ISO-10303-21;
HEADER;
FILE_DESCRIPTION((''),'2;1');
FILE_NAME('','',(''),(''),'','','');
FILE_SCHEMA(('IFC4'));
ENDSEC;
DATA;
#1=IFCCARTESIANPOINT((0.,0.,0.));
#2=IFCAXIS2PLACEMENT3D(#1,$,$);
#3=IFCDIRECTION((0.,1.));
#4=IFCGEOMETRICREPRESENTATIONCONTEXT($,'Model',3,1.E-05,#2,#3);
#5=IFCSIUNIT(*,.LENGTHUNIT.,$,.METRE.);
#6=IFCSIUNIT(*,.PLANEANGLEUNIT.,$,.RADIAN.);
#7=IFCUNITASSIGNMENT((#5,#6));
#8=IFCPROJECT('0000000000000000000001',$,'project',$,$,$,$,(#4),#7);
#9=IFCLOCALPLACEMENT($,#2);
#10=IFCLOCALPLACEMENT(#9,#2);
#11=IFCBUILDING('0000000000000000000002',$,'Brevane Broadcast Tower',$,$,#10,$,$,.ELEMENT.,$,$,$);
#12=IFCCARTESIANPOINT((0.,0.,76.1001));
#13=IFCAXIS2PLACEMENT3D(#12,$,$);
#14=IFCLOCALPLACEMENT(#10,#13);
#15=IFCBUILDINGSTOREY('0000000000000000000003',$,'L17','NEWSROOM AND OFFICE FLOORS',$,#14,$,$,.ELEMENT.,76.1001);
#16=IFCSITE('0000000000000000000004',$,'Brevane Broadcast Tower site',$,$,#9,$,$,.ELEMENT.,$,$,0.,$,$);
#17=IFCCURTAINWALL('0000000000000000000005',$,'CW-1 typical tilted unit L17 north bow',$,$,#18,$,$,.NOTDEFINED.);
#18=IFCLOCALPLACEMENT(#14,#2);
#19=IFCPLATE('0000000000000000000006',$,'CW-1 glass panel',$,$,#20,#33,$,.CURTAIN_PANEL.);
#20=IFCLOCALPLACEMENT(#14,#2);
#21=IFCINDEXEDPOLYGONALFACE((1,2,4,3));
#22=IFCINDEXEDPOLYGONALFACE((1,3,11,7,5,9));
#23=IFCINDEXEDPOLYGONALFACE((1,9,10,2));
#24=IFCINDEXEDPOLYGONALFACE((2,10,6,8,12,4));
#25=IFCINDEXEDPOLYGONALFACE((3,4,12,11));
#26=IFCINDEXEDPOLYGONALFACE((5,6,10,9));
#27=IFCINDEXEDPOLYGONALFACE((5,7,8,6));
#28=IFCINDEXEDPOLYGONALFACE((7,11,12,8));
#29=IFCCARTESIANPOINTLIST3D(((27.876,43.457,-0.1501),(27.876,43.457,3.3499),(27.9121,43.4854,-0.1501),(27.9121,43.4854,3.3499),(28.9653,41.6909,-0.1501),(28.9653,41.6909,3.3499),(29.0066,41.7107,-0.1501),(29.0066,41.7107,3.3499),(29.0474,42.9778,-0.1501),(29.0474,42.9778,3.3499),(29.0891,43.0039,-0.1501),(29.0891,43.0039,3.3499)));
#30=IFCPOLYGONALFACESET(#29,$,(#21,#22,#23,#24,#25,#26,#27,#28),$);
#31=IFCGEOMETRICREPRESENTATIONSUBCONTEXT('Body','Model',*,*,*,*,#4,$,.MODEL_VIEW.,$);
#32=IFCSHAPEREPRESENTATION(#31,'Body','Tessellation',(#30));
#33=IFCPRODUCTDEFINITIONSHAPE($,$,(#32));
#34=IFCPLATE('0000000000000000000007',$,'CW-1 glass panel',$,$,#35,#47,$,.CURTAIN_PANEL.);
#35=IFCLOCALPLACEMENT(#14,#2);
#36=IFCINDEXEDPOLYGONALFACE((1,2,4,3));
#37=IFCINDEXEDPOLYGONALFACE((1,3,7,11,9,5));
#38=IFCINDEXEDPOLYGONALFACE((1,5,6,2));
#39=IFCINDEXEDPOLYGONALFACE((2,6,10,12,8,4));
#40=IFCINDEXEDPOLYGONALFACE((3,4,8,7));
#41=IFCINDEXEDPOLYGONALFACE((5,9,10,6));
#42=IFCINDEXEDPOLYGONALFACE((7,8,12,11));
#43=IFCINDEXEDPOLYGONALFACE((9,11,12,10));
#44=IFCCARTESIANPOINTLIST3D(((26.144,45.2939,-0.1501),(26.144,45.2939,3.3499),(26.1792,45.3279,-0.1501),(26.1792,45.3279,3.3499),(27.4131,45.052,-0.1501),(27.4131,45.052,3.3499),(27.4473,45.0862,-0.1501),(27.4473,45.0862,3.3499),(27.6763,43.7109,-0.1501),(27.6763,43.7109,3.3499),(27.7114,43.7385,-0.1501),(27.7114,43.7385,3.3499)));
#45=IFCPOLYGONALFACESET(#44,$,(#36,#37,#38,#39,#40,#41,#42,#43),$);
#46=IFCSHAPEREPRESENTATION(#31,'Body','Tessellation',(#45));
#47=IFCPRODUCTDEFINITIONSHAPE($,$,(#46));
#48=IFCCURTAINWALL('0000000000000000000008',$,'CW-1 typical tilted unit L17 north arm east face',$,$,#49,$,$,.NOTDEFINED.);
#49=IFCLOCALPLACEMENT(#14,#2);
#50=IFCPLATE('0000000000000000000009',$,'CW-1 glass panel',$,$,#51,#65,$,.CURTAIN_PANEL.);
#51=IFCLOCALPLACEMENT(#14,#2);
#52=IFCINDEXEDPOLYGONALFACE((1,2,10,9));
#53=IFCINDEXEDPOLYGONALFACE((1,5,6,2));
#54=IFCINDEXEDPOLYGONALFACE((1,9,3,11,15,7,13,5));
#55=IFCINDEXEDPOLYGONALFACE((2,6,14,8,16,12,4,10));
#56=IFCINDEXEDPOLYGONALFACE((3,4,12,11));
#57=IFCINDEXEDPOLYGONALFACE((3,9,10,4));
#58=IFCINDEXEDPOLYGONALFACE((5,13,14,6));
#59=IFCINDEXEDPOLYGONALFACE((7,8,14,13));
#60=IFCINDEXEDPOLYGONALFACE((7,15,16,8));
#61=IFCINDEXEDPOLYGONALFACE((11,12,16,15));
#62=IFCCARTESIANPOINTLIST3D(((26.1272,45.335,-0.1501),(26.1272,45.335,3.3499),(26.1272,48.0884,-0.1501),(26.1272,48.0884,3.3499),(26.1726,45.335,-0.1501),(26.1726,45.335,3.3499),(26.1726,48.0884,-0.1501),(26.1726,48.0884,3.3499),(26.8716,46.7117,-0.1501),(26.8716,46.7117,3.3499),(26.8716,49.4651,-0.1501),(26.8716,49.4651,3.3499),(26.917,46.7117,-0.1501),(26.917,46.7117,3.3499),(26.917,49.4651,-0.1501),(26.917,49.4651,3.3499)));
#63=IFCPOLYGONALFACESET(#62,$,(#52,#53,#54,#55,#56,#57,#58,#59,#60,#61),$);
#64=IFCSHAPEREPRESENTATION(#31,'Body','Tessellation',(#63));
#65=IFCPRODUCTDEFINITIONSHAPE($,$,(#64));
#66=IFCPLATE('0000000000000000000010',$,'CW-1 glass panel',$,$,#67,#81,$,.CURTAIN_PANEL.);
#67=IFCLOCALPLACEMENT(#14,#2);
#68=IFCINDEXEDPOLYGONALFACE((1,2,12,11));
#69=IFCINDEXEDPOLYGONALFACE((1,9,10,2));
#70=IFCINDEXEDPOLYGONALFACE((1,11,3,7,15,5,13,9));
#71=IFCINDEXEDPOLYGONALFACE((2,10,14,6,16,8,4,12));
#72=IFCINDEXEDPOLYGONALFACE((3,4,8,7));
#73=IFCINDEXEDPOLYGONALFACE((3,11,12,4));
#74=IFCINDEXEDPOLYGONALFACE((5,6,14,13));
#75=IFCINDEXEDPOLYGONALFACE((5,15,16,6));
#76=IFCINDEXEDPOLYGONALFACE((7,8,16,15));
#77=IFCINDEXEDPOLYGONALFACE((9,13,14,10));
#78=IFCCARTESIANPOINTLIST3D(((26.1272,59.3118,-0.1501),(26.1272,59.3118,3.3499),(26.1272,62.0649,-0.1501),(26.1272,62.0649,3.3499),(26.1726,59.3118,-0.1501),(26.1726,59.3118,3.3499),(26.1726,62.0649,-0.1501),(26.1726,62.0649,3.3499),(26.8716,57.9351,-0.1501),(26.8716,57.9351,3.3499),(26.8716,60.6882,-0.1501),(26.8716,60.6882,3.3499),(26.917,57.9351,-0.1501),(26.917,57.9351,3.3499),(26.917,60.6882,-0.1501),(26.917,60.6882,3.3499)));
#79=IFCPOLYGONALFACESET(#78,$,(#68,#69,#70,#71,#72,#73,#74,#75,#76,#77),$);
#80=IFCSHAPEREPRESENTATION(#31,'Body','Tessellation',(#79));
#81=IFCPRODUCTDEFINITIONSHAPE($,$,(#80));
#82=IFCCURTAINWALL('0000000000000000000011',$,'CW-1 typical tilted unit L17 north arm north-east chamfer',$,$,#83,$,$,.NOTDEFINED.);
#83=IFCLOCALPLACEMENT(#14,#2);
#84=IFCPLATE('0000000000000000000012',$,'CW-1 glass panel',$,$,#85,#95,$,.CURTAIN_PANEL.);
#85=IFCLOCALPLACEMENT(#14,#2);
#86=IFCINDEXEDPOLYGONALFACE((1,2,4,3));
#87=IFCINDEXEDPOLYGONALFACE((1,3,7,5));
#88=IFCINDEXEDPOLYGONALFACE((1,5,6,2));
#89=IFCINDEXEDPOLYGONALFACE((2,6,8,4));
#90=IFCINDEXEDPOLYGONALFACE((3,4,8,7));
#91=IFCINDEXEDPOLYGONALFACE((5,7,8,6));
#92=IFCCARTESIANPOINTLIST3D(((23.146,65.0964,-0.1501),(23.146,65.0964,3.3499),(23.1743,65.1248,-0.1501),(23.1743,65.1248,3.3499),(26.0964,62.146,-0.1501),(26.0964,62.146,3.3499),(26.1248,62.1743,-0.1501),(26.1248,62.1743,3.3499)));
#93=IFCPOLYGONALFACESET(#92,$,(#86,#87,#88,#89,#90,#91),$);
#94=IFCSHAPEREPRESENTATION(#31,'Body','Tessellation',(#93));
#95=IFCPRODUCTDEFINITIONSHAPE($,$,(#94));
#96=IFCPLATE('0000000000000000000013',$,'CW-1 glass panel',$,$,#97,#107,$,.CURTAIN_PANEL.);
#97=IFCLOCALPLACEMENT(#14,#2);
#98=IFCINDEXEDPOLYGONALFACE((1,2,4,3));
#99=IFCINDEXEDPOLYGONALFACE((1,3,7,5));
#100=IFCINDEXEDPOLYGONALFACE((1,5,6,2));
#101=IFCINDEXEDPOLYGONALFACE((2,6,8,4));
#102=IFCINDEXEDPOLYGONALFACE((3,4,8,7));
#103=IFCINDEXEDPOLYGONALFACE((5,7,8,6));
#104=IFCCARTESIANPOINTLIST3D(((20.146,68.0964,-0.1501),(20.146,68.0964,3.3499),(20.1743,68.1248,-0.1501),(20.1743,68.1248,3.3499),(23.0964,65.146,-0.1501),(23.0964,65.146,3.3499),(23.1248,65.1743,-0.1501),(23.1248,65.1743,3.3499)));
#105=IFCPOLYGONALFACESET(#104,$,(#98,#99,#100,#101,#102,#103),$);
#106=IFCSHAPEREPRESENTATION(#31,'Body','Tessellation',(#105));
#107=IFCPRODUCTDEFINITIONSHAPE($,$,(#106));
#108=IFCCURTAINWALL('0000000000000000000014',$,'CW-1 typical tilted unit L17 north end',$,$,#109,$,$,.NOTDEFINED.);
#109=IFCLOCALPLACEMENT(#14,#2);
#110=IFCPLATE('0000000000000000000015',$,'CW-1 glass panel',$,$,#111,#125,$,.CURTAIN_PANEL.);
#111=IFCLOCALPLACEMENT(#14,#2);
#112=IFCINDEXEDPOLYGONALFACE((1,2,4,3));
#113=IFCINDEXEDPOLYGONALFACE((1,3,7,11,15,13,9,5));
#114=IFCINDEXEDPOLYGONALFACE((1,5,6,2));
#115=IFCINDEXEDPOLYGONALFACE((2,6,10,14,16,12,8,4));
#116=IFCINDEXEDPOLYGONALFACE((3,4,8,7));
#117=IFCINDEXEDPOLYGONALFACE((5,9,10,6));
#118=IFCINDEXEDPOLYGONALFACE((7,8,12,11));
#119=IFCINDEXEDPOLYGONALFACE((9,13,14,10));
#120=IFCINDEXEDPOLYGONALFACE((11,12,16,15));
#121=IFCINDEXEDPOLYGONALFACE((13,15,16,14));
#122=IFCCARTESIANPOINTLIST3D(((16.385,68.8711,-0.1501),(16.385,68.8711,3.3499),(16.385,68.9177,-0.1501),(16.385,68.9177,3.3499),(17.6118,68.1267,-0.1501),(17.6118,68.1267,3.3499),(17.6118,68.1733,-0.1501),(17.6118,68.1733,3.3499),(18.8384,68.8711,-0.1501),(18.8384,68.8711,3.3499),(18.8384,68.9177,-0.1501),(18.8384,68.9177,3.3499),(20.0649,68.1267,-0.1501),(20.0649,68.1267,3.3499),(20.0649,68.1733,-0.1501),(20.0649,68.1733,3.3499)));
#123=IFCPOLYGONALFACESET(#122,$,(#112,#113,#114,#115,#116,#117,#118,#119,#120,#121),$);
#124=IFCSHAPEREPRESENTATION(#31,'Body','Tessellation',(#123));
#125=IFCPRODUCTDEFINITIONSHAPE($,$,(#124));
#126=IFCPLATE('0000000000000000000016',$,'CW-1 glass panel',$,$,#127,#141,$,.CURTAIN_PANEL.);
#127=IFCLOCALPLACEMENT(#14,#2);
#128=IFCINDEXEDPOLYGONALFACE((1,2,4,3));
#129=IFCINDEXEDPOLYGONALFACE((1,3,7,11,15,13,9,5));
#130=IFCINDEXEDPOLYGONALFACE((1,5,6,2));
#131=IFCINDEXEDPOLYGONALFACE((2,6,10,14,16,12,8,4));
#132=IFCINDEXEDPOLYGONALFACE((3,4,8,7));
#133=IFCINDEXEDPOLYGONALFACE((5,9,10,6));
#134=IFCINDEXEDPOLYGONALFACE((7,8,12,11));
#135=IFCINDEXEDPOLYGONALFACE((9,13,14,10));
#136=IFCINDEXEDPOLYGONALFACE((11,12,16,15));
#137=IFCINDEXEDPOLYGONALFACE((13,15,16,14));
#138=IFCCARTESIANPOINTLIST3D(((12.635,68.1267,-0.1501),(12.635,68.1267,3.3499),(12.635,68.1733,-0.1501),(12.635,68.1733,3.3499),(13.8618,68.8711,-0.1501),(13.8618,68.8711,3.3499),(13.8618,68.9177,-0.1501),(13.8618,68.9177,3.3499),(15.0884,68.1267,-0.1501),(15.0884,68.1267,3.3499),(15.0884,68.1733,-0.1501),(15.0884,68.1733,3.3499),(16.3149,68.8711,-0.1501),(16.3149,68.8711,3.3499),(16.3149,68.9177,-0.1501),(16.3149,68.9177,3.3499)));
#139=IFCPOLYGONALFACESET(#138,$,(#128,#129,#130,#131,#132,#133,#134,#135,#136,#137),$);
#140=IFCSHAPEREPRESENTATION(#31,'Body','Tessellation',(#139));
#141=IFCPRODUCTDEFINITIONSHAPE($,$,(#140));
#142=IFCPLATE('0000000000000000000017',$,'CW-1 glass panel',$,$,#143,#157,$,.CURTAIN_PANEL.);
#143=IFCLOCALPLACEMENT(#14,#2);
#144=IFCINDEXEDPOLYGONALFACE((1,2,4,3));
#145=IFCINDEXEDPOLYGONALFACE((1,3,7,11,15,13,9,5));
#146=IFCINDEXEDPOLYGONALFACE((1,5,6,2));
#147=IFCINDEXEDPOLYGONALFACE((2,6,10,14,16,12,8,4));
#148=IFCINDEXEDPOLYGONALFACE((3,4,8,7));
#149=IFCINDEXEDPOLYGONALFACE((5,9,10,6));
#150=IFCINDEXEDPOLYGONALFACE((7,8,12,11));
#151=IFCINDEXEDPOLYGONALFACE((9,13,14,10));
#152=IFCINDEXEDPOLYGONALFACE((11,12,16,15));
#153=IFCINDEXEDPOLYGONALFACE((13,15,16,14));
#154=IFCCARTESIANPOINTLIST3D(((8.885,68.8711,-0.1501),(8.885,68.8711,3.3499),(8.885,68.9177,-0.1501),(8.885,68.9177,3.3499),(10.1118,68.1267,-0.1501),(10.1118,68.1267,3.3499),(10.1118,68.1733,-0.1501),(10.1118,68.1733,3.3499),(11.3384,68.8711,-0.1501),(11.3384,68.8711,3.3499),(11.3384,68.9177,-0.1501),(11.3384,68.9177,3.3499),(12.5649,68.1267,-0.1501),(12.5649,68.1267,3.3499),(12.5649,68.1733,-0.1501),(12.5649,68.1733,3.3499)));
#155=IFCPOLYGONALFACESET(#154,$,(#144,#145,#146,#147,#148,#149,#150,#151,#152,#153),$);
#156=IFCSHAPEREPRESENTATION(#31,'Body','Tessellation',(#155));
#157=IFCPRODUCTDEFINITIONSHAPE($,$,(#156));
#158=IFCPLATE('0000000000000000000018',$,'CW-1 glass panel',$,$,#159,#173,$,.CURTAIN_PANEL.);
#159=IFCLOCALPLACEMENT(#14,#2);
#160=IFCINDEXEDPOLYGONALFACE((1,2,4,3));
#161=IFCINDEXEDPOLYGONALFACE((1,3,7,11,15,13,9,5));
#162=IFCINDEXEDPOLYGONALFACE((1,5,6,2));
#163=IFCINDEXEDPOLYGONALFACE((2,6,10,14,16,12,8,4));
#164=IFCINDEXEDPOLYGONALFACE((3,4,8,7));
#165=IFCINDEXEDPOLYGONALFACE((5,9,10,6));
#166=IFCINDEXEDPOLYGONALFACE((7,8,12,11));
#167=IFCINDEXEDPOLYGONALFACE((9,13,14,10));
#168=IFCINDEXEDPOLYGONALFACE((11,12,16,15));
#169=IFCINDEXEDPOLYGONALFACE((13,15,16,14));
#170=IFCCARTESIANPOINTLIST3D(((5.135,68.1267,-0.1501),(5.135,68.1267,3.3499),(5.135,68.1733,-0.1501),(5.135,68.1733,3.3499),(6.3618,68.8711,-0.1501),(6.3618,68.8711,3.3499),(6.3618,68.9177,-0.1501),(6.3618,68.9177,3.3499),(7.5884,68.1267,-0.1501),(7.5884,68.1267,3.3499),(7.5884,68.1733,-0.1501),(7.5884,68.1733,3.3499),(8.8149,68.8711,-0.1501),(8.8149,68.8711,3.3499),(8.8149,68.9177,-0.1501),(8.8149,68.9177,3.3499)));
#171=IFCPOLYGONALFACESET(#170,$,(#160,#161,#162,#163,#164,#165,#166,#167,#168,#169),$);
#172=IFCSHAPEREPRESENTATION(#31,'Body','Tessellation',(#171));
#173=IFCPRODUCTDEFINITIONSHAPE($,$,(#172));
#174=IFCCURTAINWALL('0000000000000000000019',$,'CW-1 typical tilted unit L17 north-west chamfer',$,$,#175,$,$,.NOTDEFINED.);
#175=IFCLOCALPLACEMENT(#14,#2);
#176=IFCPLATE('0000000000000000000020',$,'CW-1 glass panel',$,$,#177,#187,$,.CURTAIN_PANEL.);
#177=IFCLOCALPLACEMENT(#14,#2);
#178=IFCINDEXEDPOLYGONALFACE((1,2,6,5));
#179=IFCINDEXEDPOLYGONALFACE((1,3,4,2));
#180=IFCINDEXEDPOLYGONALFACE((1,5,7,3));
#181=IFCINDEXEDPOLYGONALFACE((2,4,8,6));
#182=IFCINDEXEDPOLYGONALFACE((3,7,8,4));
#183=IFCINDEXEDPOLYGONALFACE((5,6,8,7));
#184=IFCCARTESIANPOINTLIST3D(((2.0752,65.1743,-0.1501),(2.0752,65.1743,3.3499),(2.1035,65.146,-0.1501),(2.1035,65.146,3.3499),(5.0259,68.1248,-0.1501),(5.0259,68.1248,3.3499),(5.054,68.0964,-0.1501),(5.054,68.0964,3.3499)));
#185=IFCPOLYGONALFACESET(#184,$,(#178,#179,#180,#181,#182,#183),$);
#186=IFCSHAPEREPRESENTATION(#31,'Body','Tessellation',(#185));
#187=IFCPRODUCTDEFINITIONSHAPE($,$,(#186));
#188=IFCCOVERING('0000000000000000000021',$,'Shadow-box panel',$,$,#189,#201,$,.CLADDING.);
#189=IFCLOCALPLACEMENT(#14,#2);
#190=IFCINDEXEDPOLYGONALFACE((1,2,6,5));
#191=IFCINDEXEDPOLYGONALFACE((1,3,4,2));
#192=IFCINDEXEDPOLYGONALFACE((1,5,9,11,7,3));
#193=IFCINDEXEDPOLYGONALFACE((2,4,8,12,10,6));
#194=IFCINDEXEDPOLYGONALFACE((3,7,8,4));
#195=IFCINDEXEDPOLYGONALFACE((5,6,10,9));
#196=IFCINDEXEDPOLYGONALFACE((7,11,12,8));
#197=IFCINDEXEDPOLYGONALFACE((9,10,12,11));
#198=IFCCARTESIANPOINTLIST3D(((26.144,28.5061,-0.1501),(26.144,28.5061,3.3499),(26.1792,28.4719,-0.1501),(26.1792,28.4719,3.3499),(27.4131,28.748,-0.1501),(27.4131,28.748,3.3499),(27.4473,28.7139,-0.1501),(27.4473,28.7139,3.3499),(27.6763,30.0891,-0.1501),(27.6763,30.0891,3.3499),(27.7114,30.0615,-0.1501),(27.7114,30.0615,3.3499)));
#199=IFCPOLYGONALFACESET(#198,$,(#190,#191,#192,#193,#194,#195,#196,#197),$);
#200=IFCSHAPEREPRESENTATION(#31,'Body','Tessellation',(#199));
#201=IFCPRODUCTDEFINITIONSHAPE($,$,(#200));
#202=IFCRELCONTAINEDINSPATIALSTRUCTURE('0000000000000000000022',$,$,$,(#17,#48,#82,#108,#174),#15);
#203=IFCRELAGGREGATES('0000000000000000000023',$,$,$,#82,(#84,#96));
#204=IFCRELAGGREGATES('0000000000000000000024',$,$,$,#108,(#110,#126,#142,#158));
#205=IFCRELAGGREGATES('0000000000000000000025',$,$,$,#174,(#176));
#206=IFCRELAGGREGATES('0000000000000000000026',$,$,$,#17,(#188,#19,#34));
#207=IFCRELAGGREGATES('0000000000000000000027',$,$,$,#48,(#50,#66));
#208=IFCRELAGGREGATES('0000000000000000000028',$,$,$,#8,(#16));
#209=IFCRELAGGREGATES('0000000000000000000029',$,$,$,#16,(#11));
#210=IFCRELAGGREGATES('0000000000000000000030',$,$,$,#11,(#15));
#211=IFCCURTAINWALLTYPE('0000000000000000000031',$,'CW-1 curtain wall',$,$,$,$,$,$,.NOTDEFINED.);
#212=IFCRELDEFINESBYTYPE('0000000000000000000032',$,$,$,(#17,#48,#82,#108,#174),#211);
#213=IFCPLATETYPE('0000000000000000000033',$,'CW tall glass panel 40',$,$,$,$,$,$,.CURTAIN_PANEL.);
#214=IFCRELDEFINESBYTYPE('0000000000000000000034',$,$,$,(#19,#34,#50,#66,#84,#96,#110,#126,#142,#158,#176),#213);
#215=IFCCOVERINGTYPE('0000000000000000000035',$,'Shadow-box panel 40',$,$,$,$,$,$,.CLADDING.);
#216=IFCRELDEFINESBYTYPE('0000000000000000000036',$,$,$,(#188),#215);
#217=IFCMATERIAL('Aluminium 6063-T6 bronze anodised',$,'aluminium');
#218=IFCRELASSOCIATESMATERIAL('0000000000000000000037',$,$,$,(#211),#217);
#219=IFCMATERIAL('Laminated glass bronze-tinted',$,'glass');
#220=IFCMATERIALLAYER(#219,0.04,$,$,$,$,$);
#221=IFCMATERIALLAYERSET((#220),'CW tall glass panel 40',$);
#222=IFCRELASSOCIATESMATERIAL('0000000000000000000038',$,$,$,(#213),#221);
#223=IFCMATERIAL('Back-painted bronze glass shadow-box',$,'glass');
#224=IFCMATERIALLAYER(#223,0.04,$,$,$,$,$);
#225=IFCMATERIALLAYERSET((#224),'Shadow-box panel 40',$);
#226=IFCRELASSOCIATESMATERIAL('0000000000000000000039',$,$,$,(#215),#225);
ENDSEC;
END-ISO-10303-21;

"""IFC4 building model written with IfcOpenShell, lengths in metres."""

from ifc_helpers import new_model, si_unit, direction, frame, origin, place, context, subcontext, project, spatial, polyline, outline, extrude, material, layer, layer_set, type_object, element, aggregate, save


model = new_model("IFC4")

# Units and contexts
model_context = context("Model", 3, precision=1e-05, world=origin(), true_north=direction((0.0, 1.0)))
body_context = subcontext(model_context, "Body", "Model", "MODEL_VIEW")
ifc_project = project(units=[si_unit("LENGTHUNIT", "METRE"), si_unit("PLANEANGLEUNIT", "RADIAN")], contexts=[model_context])

# Site, building, storey
site_placement = place(None, origin())
site = spatial("IfcSite", under=ifc_project, at=site_placement, Name="Brevane Broadcast Tower site", CompositionType="ELEMENT", RefElevation=0.0)
building_placement = place(site_placement, origin())
building = spatial("IfcBuilding", under=site, at=building_placement, Name="Brevane Broadcast Tower", CompositionType="ELEMENT")
storey_placement = place(building_placement, frame((0.0, 0.0, 76.1001)))
storey = spatial("IfcBuildingStorey", under=building, at=storey_placement, Name="L17", Description="NEWSROOM AND OFFICE FLOORS", CompositionType="ELEMENT", Elevation=76.1001)

# Shared definitions
ifc_material_1 = material(Name="Aluminium 6063-T6 bronze anodised", Category="aluminium")
curtain_wall_type = type_object("IfcCurtainWallType", Name="CW-1 curtain wall", PredefinedType="NOTDEFINED", material=ifc_material_1)

# Curtain walls, plates
ifc_material_2 = material(Name="Laminated glass bronze-tinted", Category="glass")
ifc_layer_1 = layer(ifc_material_2, 0.04)
ifc_layer_set_1 = layer_set([ifc_layer_1], Name="CW tall glass panel 40")
plate_type = type_object("IfcPlateType", Name="CW tall glass panel 40", PredefinedType="CURTAIN_PANEL", material=ifc_layer_set_1)
curtain_wall_1_placement = place(storey_placement, origin())
curtain_wall_1 = element("IfcCurtainWall", 1, at=curtain_wall_1_placement, inside=storey, type_object=curtain_wall_type, Name="CW-1 typical tilted unit L17 north bow", PredefinedType="NOTDEFINED")
plate_1_placement = place(storey_placement, frame((0.0, 0.0, -0.1501)))
plate_1 = element("IfcPlate", 2, at=plate_1_placement, type_object=plate_type, Name="CW-1 glass panel", PredefinedType="CURTAIN_PANEL", context=body_context, shape_type="SweptSolid", body=[
    extrude(outline(polyline([(28.9653, 41.6909), (29.0066, 41.7107), (29.0891, 43.0039), (27.9121, 43.4854), (27.876, 43.457), (29.0474, 42.9778), (28.9653, 41.6909)])), origin(), (0.0, 0.0, 1.0), 3.5),
])
plate_2_placement = place(storey_placement, frame((0.0, 0.0, -0.1501)))
plate_2 = element("IfcPlate", 3, at=plate_2_placement, type_object=plate_type, Name="CW-1 glass panel", PredefinedType="CURTAIN_PANEL", context=body_context, shape_type="SweptSolid", body=[
    extrude(outline(polyline([(27.6763, 43.7109), (27.7114, 43.7385), (27.4473, 45.0862), (26.1792, 45.3279), (26.144, 45.2939), (27.4131, 45.052), (27.6763, 43.7109)])), origin(), (0.0, 0.0, 1.0), 3.5),
])
curtain_wall_2_placement = place(storey_placement, origin())
curtain_wall_2 = element("IfcCurtainWall", 4, at=curtain_wall_2_placement, inside=storey, type_object=curtain_wall_type, Name="CW-1 typical tilted unit L17 north arm east face", PredefinedType="NOTDEFINED")
plate_3_placement = place(storey_placement, frame((0.0, 0.0, -0.1501)))
plate_3 = element("IfcPlate", 5, at=plate_3_placement, type_object=plate_type, Name="CW-1 glass panel", PredefinedType="CURTAIN_PANEL", context=body_context, shape_type="SweptSolid", body=[
    extrude(outline(polyline([(26.1272, 45.335), (26.1726, 45.335), (26.917, 46.7117), (26.1726, 48.0884), (26.917, 49.4651), (26.8716, 49.4651), (26.1272, 48.0884), (26.8716, 46.7117), (26.1272, 45.335)])), origin(), (0.0, 0.0, 1.0), 3.5),
])
plate_4_placement = place(storey_placement, frame((0.0, 0.0, -0.1501)))
plate_4 = element("IfcPlate", 6, at=plate_4_placement, type_object=plate_type, Name="CW-1 glass panel", PredefinedType="CURTAIN_PANEL", context=body_context, shape_type="SweptSolid", body=[
    extrude(outline(polyline([(26.8716, 57.9351), (26.917, 57.9351), (26.1726, 59.3118), (26.917, 60.6882), (26.1726, 62.0649), (26.1272, 62.0649), (26.8716, 60.6882), (26.1272, 59.3118), (26.8716, 57.9351)])), origin(), (0.0, 0.0, 1.0), 3.5),
])
curtain_wall_3_placement = place(storey_placement, origin())
curtain_wall_3 = element("IfcCurtainWall", 7, at=curtain_wall_3_placement, inside=storey, type_object=curtain_wall_type, Name="CW-1 typical tilted unit L17 north arm north-east chamfer", PredefinedType="NOTDEFINED")
plate_5_placement = place(storey_placement, frame((0.0, 0.0, -0.1501)))
plate_5 = element("IfcPlate", 8, at=plate_5_placement, type_object=plate_type, Name="CW-1 glass panel", PredefinedType="CURTAIN_PANEL", context=body_context, shape_type="SweptSolid", body=[
    extrude(outline(polyline([(26.0964, 62.146), (23.146, 65.0964), (23.1743, 65.1248), (26.1248, 62.1743), (26.0964, 62.146)])), origin(), (0.0, 0.0, 1.0), 3.5),
])
plate_6_placement = place(storey_placement, frame((0.0, 0.0, -0.1501)))
plate_6 = element("IfcPlate", 9, at=plate_6_placement, type_object=plate_type, Name="CW-1 glass panel", PredefinedType="CURTAIN_PANEL", context=body_context, shape_type="SweptSolid", body=[
    extrude(outline(polyline([(23.0964, 65.146), (20.146, 68.0964), (20.1743, 68.1248), (23.1248, 65.1743), (23.0964, 65.146)])), origin(), (0.0, 0.0, 1.0), 3.5),
])
aggregate(curtain_wall_3, [plate_5, plate_6])
curtain_wall_4_placement = place(storey_placement, origin())
curtain_wall_4 = element("IfcCurtainWall", 10, at=curtain_wall_4_placement, inside=storey, type_object=curtain_wall_type, Name="CW-1 typical tilted unit L17 north end", PredefinedType="NOTDEFINED")
plate_7_placement = place(storey_placement, frame((0.0, 0.0, -0.1501)))
plate_7 = element("IfcPlate", 11, at=plate_7_placement, type_object=plate_type, Name="CW-1 glass panel", PredefinedType="CURTAIN_PANEL", context=body_context, shape_type="SweptSolid", body=[
    extrude(outline(polyline([(20.0649, 68.1267), (20.0649, 68.1733), (18.8384, 68.9177), (17.6118, 68.1733), (16.385, 68.9177), (16.385, 68.8711), (17.6118, 68.1267), (18.8384, 68.8711), (20.0649, 68.1267)])), origin(), (0.0, 0.0, 1.0), 3.5),
])
plate_8_placement = place(storey_placement, frame((0.0, 0.0, -0.1501)))
plate_8 = element("IfcPlate", 12, at=plate_8_placement, type_object=plate_type, Name="CW-1 glass panel", PredefinedType="CURTAIN_PANEL", context=body_context, shape_type="SweptSolid", body=[
    extrude(outline(polyline([(16.3149, 68.8711), (16.3149, 68.9177), (15.0884, 68.1733), (13.8618, 68.9177), (12.635, 68.1733), (12.635, 68.1267), (13.8618, 68.8711), (15.0884, 68.1267), (16.3149, 68.8711)])), origin(), (0.0, 0.0, 1.0), 3.5),
])
plate_9_placement = place(storey_placement, frame((0.0, 0.0, -0.1501)))
plate_9 = element("IfcPlate", 13, at=plate_9_placement, type_object=plate_type, Name="CW-1 glass panel", PredefinedType="CURTAIN_PANEL", context=body_context, shape_type="SweptSolid", body=[
    extrude(outline(polyline([(12.5649, 68.1267), (12.5649, 68.1733), (11.3384, 68.9177), (10.1118, 68.1733), (8.885, 68.9177), (8.885, 68.8711), (10.1118, 68.1267), (11.3384, 68.8711), (12.5649, 68.1267)])), origin(), (0.0, 0.0, 1.0), 3.5),
])
plate_10_placement = place(storey_placement, frame((0.0, 0.0, -0.1501)))
plate_10 = element("IfcPlate", 14, at=plate_10_placement, type_object=plate_type, Name="CW-1 glass panel", PredefinedType="CURTAIN_PANEL", context=body_context, shape_type="SweptSolid", body=[
    extrude(outline(polyline([(8.8149, 68.8711), (8.8149, 68.9177), (7.5884, 68.1733), (6.3618, 68.9177), (5.135, 68.1733), (5.135, 68.1267), (6.3618, 68.8711), (7.5884, 68.1267), (8.8149, 68.8711)])), origin(), (0.0, 0.0, 1.0), 3.5),
])
aggregate(curtain_wall_4, [plate_7, plate_8, plate_9, plate_10])

# Curtain wall, plate
curtain_wall_5_placement = place(storey_placement, origin())
curtain_wall_5 = element("IfcCurtainWall", 15, at=curtain_wall_5_placement, inside=storey, type_object=curtain_wall_type, Name="CW-1 typical tilted unit L17 north-west chamfer", PredefinedType="NOTDEFINED")
plate_11_placement = place(storey_placement, frame((0.0, 0.0, -0.1501)))
plate_11 = element("IfcPlate", 16, at=plate_11_placement, type_object=plate_type, Name="CW-1 glass panel", PredefinedType="CURTAIN_PANEL", context=body_context, shape_type="SweptSolid", body=[
    extrude(outline(polyline([(5.054, 68.0964), (2.1035, 65.146), (2.0752, 65.1743), (5.0259, 68.1248), (5.054, 68.0964)])), origin(), (0.0, 0.0, 1.0), 3.5),
])
aggregate(curtain_wall_5, [plate_11])

# Covering
ifc_material_3 = material(Name="Back-painted bronze glass shadow-box", Category="glass")
ifc_layer_2 = layer(ifc_material_3, 0.04)
ifc_layer_set_2 = layer_set([ifc_layer_2], Name="Shadow-box panel 40")
covering_type = type_object("IfcCoveringType", Name="Shadow-box panel 40", PredefinedType="CLADDING", material=ifc_layer_set_2)
covering_1_placement = place(storey_placement, frame((0.0, 0.0, -0.1501)))
covering_1 = element("IfcCovering", 17, at=covering_1_placement, type_object=covering_type, Name="Shadow-box panel", PredefinedType="CLADDING", context=body_context, shape_type="SweptSolid", body=[
    extrude(outline(polyline([(26.144, 28.5061), (26.1792, 28.4719), (27.4473, 28.7139), (27.7114, 30.0615), (27.6763, 30.0891), (27.4131, 28.748), (26.144, 28.5061)])), origin(), (0.0, 0.0, 1.0), 3.5),
])
aggregate(curtain_wall_1, [covering_1, plate_1, plate_2])
aggregate(curtain_wall_2, [plate_3, plate_4])

save(model, "model.ifc")
